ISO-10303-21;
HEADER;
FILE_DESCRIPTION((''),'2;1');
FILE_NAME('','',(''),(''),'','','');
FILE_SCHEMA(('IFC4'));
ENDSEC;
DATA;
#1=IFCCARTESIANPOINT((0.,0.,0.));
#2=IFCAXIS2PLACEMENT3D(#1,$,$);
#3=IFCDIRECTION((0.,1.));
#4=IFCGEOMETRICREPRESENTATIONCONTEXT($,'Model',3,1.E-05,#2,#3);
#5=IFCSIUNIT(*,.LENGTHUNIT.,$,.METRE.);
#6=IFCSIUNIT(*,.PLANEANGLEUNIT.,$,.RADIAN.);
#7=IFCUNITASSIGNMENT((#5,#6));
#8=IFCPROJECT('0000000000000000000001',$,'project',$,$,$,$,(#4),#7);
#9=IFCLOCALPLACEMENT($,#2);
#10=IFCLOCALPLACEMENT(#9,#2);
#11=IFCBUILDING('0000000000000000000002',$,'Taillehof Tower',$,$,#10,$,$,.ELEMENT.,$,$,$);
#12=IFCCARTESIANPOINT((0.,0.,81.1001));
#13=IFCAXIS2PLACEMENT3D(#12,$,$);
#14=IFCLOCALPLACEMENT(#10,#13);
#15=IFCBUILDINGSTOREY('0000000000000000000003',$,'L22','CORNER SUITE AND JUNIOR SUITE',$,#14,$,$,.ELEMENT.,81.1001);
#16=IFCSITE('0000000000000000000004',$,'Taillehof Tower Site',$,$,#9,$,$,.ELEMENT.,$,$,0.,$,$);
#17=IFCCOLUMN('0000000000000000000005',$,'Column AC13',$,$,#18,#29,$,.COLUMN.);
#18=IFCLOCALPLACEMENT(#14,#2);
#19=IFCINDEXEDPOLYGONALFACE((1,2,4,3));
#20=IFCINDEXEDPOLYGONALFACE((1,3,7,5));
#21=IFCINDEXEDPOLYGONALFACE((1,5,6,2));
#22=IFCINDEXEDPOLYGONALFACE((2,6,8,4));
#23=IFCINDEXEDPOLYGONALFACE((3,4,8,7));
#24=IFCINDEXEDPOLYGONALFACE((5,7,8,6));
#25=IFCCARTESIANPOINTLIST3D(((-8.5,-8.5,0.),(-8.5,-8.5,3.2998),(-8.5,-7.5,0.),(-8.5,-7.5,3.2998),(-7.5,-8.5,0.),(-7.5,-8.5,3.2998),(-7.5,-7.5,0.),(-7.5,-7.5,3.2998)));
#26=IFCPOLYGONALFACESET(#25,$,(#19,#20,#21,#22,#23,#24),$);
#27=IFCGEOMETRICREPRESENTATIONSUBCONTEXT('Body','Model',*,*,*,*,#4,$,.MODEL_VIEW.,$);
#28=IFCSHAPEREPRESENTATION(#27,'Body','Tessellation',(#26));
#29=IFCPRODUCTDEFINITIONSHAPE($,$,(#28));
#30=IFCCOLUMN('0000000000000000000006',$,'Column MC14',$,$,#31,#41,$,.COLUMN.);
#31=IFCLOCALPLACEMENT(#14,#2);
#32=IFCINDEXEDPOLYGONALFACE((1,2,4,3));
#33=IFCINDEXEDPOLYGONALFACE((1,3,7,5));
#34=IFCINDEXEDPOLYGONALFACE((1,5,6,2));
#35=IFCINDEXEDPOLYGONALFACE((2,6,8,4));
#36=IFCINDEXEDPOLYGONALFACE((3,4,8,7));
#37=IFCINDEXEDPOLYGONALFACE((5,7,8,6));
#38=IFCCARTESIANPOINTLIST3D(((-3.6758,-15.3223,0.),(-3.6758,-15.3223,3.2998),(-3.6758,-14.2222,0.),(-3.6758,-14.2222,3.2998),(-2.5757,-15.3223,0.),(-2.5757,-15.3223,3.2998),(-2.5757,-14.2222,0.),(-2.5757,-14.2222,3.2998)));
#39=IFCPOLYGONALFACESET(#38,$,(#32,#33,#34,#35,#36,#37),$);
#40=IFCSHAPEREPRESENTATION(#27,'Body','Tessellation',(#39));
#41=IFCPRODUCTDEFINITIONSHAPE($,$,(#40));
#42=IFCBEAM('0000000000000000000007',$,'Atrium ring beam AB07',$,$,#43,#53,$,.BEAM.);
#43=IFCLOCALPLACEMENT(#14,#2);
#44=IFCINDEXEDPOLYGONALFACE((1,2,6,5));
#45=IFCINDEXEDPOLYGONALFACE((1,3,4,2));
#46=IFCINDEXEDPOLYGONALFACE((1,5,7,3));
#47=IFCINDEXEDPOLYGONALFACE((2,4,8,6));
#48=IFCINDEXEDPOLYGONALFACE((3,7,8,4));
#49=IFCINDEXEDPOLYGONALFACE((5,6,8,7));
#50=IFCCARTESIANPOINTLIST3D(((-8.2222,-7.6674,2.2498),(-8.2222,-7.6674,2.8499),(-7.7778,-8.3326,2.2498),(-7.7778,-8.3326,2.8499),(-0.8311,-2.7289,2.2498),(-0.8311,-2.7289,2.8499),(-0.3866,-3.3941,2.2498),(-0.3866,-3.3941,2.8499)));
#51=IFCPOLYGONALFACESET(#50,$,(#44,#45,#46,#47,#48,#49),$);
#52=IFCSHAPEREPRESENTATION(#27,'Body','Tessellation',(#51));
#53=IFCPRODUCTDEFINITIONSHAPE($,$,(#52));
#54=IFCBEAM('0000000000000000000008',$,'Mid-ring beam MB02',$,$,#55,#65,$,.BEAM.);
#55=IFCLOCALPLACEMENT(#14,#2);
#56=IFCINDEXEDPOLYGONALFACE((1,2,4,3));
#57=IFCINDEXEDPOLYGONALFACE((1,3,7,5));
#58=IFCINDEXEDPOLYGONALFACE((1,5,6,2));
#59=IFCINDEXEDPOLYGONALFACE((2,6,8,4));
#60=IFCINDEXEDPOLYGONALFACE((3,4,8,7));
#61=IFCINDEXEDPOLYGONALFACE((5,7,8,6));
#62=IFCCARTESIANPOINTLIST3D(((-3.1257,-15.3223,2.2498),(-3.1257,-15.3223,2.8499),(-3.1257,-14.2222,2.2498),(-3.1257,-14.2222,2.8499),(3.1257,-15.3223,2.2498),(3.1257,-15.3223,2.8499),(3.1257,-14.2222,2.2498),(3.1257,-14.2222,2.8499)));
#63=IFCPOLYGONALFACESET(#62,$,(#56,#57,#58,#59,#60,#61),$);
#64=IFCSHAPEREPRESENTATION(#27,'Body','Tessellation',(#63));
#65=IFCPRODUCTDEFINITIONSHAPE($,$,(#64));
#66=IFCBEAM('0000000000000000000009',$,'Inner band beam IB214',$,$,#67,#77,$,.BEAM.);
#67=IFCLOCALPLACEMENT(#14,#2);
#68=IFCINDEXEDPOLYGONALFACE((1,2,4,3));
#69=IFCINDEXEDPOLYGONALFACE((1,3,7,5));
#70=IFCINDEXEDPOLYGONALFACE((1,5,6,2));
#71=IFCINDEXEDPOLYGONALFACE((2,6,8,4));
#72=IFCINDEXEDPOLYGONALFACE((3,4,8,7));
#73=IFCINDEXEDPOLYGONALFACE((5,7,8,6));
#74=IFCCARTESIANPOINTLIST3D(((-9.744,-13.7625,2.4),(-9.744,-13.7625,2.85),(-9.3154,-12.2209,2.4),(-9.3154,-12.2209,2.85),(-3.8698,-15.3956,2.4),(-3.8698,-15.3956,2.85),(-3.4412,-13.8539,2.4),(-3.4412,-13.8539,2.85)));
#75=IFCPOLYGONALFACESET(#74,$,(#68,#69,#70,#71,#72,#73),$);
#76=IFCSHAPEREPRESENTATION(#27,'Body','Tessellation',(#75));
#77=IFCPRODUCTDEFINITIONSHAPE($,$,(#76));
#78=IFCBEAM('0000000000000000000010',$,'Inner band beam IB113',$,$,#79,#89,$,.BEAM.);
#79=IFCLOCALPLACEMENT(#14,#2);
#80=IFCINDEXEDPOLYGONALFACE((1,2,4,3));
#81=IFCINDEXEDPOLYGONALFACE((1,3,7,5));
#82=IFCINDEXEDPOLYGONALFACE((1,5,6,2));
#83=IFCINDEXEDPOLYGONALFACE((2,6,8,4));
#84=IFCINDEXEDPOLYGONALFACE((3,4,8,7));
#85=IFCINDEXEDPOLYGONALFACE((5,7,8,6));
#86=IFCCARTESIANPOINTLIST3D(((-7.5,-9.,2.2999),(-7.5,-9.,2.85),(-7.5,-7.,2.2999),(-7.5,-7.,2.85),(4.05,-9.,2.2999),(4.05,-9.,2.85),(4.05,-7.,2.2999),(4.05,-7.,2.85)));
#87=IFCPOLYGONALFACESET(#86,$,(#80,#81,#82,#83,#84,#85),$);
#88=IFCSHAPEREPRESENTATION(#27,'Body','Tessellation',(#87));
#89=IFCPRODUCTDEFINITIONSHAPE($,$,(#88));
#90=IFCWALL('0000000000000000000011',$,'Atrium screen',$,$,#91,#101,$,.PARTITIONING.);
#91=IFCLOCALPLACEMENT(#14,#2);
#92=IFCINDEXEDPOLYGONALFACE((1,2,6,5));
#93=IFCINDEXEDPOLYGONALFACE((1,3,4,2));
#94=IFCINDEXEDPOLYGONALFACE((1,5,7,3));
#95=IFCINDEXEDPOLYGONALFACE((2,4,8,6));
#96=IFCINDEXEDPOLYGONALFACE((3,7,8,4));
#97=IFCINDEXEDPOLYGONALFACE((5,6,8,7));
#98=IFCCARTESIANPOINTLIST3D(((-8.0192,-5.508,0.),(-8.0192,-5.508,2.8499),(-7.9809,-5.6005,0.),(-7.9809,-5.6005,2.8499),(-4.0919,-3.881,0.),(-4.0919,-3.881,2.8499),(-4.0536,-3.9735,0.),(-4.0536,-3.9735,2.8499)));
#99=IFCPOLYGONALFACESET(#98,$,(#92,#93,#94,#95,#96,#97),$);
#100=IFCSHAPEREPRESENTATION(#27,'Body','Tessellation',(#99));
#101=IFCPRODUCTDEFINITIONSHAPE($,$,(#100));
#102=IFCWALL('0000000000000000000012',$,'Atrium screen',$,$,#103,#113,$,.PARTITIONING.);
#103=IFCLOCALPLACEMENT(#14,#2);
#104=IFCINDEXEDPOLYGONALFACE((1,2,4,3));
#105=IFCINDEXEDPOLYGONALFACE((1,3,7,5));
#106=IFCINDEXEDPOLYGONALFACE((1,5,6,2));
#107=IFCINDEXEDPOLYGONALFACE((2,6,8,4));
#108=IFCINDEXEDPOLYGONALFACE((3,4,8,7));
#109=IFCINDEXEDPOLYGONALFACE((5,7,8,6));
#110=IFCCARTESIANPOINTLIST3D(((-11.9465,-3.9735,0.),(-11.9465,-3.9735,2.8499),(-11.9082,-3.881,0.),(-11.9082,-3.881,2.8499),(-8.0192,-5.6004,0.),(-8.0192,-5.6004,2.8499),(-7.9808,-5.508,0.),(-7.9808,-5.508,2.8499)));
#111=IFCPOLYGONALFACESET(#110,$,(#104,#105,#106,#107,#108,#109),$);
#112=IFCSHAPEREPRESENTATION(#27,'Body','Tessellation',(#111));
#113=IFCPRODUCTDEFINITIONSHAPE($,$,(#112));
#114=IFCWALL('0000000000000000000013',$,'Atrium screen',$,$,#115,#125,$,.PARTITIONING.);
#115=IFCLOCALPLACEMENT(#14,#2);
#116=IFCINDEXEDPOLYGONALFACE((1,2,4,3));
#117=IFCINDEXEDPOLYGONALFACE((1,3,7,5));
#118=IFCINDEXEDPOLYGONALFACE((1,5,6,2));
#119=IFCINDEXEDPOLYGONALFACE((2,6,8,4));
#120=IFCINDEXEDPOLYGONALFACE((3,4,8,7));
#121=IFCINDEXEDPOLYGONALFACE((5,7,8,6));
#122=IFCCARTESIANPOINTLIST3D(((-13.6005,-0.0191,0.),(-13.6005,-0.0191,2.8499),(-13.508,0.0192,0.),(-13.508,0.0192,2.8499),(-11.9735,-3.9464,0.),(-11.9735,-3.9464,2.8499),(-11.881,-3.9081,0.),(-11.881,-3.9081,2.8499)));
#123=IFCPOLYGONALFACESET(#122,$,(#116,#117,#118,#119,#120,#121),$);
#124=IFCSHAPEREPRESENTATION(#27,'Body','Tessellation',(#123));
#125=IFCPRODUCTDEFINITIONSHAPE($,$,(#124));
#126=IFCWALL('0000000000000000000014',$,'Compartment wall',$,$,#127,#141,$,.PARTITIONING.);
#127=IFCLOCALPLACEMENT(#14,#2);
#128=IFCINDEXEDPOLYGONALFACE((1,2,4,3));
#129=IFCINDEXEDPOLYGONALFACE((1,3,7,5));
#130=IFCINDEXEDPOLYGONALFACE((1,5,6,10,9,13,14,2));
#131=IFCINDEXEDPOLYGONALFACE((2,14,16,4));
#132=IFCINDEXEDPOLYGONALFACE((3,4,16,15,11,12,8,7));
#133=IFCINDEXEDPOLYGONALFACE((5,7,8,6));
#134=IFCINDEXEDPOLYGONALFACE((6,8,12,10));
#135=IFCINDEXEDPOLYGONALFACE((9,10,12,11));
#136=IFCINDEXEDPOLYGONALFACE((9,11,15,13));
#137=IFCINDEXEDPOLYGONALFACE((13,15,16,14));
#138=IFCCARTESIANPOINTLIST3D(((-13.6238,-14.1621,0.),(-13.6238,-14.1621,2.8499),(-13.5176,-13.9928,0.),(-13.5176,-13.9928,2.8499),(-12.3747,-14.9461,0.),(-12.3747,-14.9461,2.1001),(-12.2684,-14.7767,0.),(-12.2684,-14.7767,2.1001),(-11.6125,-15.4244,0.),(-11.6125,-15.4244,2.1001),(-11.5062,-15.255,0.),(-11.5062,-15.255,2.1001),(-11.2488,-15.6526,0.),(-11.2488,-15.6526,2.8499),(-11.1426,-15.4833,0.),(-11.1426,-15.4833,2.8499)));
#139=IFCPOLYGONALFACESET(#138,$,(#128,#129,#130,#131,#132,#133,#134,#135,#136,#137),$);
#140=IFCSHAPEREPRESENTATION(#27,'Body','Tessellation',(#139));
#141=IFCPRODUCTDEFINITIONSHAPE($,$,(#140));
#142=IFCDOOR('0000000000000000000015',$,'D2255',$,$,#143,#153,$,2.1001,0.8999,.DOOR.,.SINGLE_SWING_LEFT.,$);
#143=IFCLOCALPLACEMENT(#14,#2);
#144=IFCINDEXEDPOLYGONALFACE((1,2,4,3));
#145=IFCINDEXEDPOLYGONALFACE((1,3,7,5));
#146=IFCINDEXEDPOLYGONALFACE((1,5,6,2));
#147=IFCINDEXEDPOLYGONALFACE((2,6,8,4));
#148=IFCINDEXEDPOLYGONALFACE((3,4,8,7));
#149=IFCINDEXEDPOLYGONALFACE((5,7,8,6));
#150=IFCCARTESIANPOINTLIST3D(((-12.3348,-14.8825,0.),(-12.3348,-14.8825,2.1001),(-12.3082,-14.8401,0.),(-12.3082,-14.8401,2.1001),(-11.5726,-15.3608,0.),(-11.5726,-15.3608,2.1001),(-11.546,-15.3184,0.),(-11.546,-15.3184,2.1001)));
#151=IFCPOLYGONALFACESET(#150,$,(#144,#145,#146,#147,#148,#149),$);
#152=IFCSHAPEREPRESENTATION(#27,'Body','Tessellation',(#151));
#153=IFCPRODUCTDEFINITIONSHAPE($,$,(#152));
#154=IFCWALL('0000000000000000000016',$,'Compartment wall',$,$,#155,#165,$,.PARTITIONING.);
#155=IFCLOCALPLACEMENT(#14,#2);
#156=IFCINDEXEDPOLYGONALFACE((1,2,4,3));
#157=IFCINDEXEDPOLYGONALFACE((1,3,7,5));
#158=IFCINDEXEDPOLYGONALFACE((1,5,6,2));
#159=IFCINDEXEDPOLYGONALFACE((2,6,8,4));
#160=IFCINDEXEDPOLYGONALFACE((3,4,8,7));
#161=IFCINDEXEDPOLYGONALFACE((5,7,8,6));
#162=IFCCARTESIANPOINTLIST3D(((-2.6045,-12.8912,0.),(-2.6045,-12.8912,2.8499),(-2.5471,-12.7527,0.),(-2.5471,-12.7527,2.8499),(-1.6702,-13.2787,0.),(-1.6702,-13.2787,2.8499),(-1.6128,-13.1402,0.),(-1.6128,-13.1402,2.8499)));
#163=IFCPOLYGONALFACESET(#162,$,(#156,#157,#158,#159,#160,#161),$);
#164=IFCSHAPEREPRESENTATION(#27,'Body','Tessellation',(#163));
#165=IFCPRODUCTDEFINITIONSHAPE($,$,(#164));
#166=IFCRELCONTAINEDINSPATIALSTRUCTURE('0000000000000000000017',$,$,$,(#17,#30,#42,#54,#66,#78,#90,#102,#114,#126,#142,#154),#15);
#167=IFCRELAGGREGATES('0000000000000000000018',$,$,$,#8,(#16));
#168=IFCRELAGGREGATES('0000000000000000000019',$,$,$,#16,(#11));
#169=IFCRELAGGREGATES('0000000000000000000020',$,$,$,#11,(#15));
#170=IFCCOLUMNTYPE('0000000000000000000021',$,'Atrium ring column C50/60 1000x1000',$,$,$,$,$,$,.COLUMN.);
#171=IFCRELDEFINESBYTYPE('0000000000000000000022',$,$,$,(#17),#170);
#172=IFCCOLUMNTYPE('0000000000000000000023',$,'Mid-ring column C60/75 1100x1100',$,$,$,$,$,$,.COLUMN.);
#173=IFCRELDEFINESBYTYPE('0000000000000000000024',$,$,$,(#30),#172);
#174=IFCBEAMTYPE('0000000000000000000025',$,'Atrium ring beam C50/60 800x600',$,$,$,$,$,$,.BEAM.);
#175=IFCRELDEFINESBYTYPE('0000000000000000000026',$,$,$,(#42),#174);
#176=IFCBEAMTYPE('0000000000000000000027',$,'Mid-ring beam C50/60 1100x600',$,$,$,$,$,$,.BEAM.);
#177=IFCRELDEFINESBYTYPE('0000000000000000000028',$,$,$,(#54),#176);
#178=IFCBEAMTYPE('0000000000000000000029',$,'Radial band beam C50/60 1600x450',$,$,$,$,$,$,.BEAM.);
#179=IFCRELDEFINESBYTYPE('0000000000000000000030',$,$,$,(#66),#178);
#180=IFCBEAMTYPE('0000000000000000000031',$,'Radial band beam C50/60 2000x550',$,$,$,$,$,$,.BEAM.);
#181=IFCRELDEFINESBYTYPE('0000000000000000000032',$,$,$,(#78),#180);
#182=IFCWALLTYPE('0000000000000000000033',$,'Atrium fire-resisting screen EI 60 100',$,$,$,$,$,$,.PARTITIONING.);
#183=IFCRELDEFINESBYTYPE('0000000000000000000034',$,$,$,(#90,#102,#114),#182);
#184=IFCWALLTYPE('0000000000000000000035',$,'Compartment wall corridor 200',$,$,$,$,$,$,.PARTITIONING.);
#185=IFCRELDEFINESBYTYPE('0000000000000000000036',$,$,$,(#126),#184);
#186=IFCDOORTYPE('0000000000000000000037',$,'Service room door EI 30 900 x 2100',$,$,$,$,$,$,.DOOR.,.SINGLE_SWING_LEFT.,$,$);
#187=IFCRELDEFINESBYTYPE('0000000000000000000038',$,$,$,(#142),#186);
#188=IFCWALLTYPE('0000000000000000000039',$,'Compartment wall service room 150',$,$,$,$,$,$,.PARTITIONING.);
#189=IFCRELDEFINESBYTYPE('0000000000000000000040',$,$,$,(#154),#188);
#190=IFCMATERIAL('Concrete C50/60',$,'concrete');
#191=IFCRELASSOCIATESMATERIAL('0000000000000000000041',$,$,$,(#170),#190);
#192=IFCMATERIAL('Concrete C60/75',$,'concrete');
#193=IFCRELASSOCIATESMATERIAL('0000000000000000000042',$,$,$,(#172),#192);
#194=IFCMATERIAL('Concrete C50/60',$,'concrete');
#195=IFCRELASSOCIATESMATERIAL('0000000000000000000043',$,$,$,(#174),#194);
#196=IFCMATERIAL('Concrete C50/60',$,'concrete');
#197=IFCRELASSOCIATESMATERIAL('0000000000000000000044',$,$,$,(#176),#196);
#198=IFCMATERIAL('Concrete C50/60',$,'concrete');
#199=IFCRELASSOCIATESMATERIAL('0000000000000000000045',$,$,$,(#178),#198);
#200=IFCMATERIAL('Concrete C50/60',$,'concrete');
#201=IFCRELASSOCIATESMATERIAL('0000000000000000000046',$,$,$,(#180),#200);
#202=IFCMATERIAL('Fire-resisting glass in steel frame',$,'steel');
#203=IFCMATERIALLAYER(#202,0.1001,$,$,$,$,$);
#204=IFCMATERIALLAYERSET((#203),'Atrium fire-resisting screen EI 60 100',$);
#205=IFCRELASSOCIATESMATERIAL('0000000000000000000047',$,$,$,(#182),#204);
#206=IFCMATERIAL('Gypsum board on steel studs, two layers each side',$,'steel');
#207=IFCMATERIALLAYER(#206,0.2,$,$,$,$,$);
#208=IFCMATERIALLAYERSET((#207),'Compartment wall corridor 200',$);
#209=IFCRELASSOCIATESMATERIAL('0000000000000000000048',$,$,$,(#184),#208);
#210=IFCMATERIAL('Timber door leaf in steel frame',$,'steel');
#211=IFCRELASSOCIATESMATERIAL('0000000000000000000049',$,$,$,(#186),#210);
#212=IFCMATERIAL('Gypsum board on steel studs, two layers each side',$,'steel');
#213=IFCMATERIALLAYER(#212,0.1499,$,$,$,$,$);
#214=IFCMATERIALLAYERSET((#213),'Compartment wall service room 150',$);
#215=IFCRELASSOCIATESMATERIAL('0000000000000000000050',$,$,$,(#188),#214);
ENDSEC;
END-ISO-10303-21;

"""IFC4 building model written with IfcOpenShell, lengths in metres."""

from ifc_helpers import new_model, si_unit, direction, frame, frame_2d, origin, origin_2d, place, context, subcontext, project, spatial, rectangle, extrude, material, layer, layer_set, material_profile, profile_set, type_object, element, fill, save


model = new_model("IFC4")

# Units and contexts
model_context = context("Model", 3, precision=1e-05, world=origin(), true_north=direction((0.0, 1.0)))
body_context = subcontext(model_context, "Body", "Model", "MODEL_VIEW")
ifc_project = project(units=[si_unit("LENGTHUNIT", "METRE"), si_unit("PLANEANGLEUNIT", "RADIAN")], contexts=[model_context])

# Site, building, storey
site_placement = place(None, origin())
site = spatial("IfcSite", under=ifc_project, at=site_placement, Name="Taillehof Tower Site", CompositionType="ELEMENT", RefElevation=0.0)
building_placement = place(site_placement, origin())
building = spatial("IfcBuilding", under=site, at=building_placement, Name="Taillehof Tower", CompositionType="ELEMENT")
storey_placement = place(building_placement, frame((0.0, 0.0, 81.1001)))
storey = spatial("IfcBuildingStorey", under=building, at=storey_placement, Name="L22", Description="CORNER SUITE AND JUNIOR SUITE", CompositionType="ELEMENT", Elevation=81.1001)

# Columns
ifc_material_1 = material(Name="Concrete C50/60", Category="concrete")
ifc_material_profile_1 = material_profile(ifc_material_1, rectangle(XDim=1.0, YDim=1.0, at=origin_2d()), Name="RC 1000x1000")
ifc_profile_set_1 = profile_set([ifc_material_profile_1], Name="Concrete C50/60")
column_type_1 = type_object("IfcColumnType", Name="Atrium ring column C50/60 1000x1000", PredefinedType="COLUMN", material=ifc_profile_set_1)
column_1_placement = place(storey_placement, frame((-8.0, -8.0, 0.0), z_axis=(0.0, 0.0, 1.0), x_axis=(1.0, 0.0, 0.0)))
element("IfcColumn", 1, at=column_1_placement, inside=storey, type_object=column_type_1, Name="Column AC13", PredefinedType="COLUMN", context=body_context, shape_type="SweptSolid", body=[
    extrude(rectangle(XDim=1.0, YDim=1.0, at=origin_2d()), origin(), (0.0, 0.0, 1.0), 3.2998),
])
ifc_material_2 = material(Name="Concrete C60/75", Category="concrete")
ifc_material_profile_2 = material_profile(ifc_material_2, rectangle(XDim=1.1001, YDim=1.1001, at=origin_2d()), Name="RC 1100x1100")
ifc_profile_set_2 = profile_set([ifc_material_profile_2], Name="Concrete C60/75")
column_type_2 = type_object("IfcColumnType", Name="Mid-ring column C60/75 1100x1100", PredefinedType="COLUMN", material=ifc_profile_set_2)
column_2_placement = place(storey_placement, frame((-3.1257, -14.7722, 0.0), z_axis=(0.0, 0.0, 1.0), x_axis=(1.0, 0.0, 0.0)))
element("IfcColumn", 2, at=column_2_placement, inside=storey, type_object=column_type_2, Name="Column MC14", PredefinedType="COLUMN", context=body_context, shape_type="SweptSolid", body=[
    extrude(rectangle(XDim=1.1001, YDim=1.1001, at=origin_2d()), origin(), (0.0, 0.0, 1.0), 3.2998),
])

# Beams
ifc_material_3 = material(Name="Concrete C50/60", Category="concrete")
ifc_material_profile_3 = material_profile(ifc_material_3, rectangle(XDim=0.8, YDim=0.6001, at=origin_2d()), Name="RC 800x600")
ifc_profile_set_3 = profile_set([ifc_material_profile_3], Name="Concrete C50/60")
beam_type_1 = type_object("IfcBeamType", Name="Atrium ring beam C50/60 800x600", PredefinedType="BEAM", material=ifc_profile_set_3)
beam_1_placement = place(storey_placement, frame((-8.0, -8.0, 2.5498), z_axis=(0.831475, 0.555562, 0.0), x_axis=(-0.555562, 0.831475, 0.0)))
element("IfcBeam", 3, at=beam_1_placement, inside=storey, type_object=beam_type_1, Name="Atrium ring beam AB07", PredefinedType="BEAM", context=body_context, shape_type="SweptSolid", body=[
    extrude(rectangle(XDim=0.8, YDim=0.6001, at=origin_2d()), origin(), (0.0, 0.0, 1.0), 8.8892),
])
ifc_material_4 = material(Name="Concrete C50/60", Category="concrete")
ifc_material_profile_4 = material_profile(ifc_material_4, rectangle(XDim=1.1001, YDim=0.6001, at=origin_2d()), Name="RC 1100x600")
ifc_profile_set_4 = profile_set([ifc_material_profile_4], Name="Concrete C50/60")
beam_type_2 = type_object("IfcBeamType", Name="Mid-ring beam C50/60 1100x600", PredefinedType="BEAM", material=ifc_profile_set_4)
beam_2_placement = place(storey_placement, frame((-3.1257, -14.7722, 2.5498), z_axis=(1.0, 0.0, 0.0), x_axis=(0.0, 1.0, 0.0)))
element("IfcBeam", 4, at=beam_2_placement, inside=storey, type_object=beam_type_2, Name="Mid-ring beam MB02", PredefinedType="BEAM", context=body_context, shape_type="SweptSolid", body=[
    extrude(rectangle(XDim=1.1001, YDim=0.6001, at=origin_2d()), origin(), (0.0, 0.0, 1.0), 6.2515),
])
ifc_material_5 = material(Name="Concrete C50/60", Category="concrete")
ifc_material_profile_5 = material_profile(ifc_material_5, rectangle(XDim=1.6001, YDim=0.45, at=origin_2d()), Name="RC 1600x450")
ifc_profile_set_5 = profile_set([ifc_material_profile_5], Name="Concrete C50/60")
beam_type_3 = type_object("IfcBeamType", Name="Radial band beam C50/60 1600x450", PredefinedType="BEAM", material=ifc_profile_set_5)
beam_3_placement = place(storey_placement, frame((-3.6555, -14.6248, 2.625), z_axis=(-0.963459, 0.267855, 0.0), x_axis=(-0.267855, -0.963459, 0.0)))
element("IfcBeam", 5, at=beam_3_placement, inside=storey, type_object=beam_type_3, Name="Inner band beam IB214", PredefinedType="BEAM", context=body_context, shape_type="SweptSolid", body=[
    extrude(rectangle(XDim=1.6001, YDim=0.45, at=origin_2d()), origin(), (0.0, 0.0, 1.0), 6.0969),
])
ifc_material_6 = material(Name="Concrete C50/60", Category="concrete")
ifc_material_profile_6 = material_profile(ifc_material_6, rectangle(XDim=2.0, YDim=0.55, at=origin_2d()), Name="RC 2000x550")
ifc_profile_set_6 = profile_set([ifc_material_profile_6], Name="Concrete C50/60")
beam_type_4 = type_object("IfcBeamType", Name="Radial band beam C50/60 2000x550", PredefinedType="BEAM", material=ifc_profile_set_6)
beam_4_placement = place(storey_placement, frame((-7.5, -8.0, 2.575), z_axis=(1.0, 0.0, 0.0), x_axis=(0.0, 1.0, 0.0)))
element("IfcBeam", 6, at=beam_4_placement, inside=storey, type_object=beam_type_4, Name="Inner band beam IB113", PredefinedType="BEAM", context=body_context, shape_type="SweptSolid", body=[
    extrude(rectangle(XDim=2.0, YDim=0.55, at=origin_2d()), origin(), (0.0, 0.0, 1.0), 11.55),
])

# Walls
ifc_material_7 = material(Name="Fire-resisting glass in steel frame", Category="steel")
ifc_layer_1 = layer(ifc_material_7, 0.1001)
ifc_layer_set_1 = layer_set([ifc_layer_1], Name="Atrium fire-resisting screen EI 60 100")
wall_type_1 = type_object("IfcWallType", Name="Atrium fire-resisting screen EI 60 100", PredefinedType="PARTITIONING", material=ifc_layer_set_1)
for number, where, z_axis, x_axis, name in (
    (7, (-4.0728, -3.9272, 0.0), (0.0, 0.0, 1.0), (-0.92386, -0.382731, 0.0), "Atrium screen"),
    (8, (-8.0, -5.5542, 0.0), (0.0, 0.0, 1.0), (-0.92386, 0.382731, 0.0), "Atrium screen"),
    (9, (-11.9272, -3.9272, 0.0), (0.0, 0.0, 1.0), (-0.382731, 0.92386, 0.0), "Atrium screen"),
):
    element("IfcWall", number, at=place(storey_placement, frame(where, z_axis=z_axis, x_axis=x_axis)), inside=storey, type_object=wall_type_1, Name=name, PredefinedType="PARTITIONING", context=body_context, shape_type="SweptSolid", body=[
        extrude(rectangle(XDim=4.251, YDim=0.1001, at=frame_2d((2.1255, 0.0))), origin(), (0.0, 0.0, 1.0), 2.8499),
    ])

# Wall, opening, door
ifc_material_8 = material(Name="Gypsum board on steel studs, two layers each side", Category="steel")
ifc_layer_2 = layer(ifc_material_8, 0.2)
ifc_layer_set_2 = layer_set([ifc_layer_2], Name="Compartment wall corridor 200")
wall_type_2 = type_object("IfcWallType", Name="Compartment wall corridor 200", PredefinedType="PARTITIONING", material=ifc_layer_set_2)
wall_1_placement = place(storey_placement, frame((-11.1958, -15.5679, 0.0), z_axis=(0.0, 0.0, 1.0), x_axis=(-0.847019, 0.531563, 0.0)))
wall_1 = element("IfcWall", 10, at=wall_1_placement, inside=storey, type_object=wall_type_2, Name="Compartment wall", PredefinedType="PARTITIONING", context=body_context, shape_type="SweptSolid", body=[
    extrude(rectangle(XDim=2.804, YDim=0.2, at=frame_2d((1.4019, 0.0))), origin(), (0.0, 0.0, 1.0), 2.8499),
])
opening_1_placement = place(wall_1_placement, frame((0.4292, 0.0, 0.0)))
opening_1 = element("IfcOpeningElement", 11, at=opening_1_placement, cuts=wall_1, PredefinedType="OPENING", context=body_context, shape_type="SweptSolid", body=[
    extrude(rectangle(XDim=0.8999, YDim=2.1001, at=frame_2d((0.45, 1.05))), frame((0.0, 0.1099, 0.0), z_axis=(0.0, -1.0, 0.0), x_axis=(1.0, 0.0, 0.0)), (0.0, 0.0, 1.0), 0.22),
])
ifc_material_9 = material(Name="Timber door leaf in steel frame", Category="steel")
door_type_1 = type_object("IfcDoorType", Name="Service room door EI 30 900 x 2100", OperationType="SINGLE_SWING_LEFT", PredefinedType="DOOR", material=ifc_material_9)
door_1_placement = place(opening_1_placement, origin())
door_1 = element("IfcDoor", 12, at=door_1_placement, inside=storey, type_object=door_type_1, Name="D2255", OperationType="SINGLE_SWING_LEFT", OverallHeight=2.1001, OverallWidth=0.8999, PredefinedType="DOOR", context=body_context, shape_type="SweptSolid", body=[
    extrude(rectangle(XDim=0.8999, YDim=2.1001, at=frame_2d((0.45, 1.05))), frame((0.0, 0.0249, 0.0), z_axis=(0.0, -1.0, 0.0), x_axis=(1.0, 0.0, 0.0)), (0.0, 0.0, 1.0), 0.05),
])
fill(opening_1, door_1)

# Wall
ifc_material_10 = material(Name="Gypsum board on steel studs, two layers each side", Category="steel")
ifc_layer_3 = layer(ifc_material_10, 0.1499)
ifc_layer_set_3 = layer_set([ifc_layer_3], Name="Compartment wall service room 150")
wall_type_3 = type_object("IfcWallType", Name="Compartment wall service room 150", PredefinedType="PARTITIONING", material=ifc_layer_set_3)
wall_2_placement = place(storey_placement, frame((-1.6414, -13.2095, 0.0), z_axis=(0.0, 0.0, 1.0), x_axis=(-0.923725, 0.383055, 0.0)))
element("IfcWall", 13, at=wall_2_placement, inside=storey, type_object=wall_type_3, Name="Compartment wall", PredefinedType="PARTITIONING", context=body_context, shape_type="SweptSolid", body=[
    extrude(rectangle(XDim=1.0115, YDim=0.1499, at=frame_2d((0.5059, 0.0))), origin(), (0.0, 0.0, 1.0), 2.8499),
])

save(model, "model.ifc")
